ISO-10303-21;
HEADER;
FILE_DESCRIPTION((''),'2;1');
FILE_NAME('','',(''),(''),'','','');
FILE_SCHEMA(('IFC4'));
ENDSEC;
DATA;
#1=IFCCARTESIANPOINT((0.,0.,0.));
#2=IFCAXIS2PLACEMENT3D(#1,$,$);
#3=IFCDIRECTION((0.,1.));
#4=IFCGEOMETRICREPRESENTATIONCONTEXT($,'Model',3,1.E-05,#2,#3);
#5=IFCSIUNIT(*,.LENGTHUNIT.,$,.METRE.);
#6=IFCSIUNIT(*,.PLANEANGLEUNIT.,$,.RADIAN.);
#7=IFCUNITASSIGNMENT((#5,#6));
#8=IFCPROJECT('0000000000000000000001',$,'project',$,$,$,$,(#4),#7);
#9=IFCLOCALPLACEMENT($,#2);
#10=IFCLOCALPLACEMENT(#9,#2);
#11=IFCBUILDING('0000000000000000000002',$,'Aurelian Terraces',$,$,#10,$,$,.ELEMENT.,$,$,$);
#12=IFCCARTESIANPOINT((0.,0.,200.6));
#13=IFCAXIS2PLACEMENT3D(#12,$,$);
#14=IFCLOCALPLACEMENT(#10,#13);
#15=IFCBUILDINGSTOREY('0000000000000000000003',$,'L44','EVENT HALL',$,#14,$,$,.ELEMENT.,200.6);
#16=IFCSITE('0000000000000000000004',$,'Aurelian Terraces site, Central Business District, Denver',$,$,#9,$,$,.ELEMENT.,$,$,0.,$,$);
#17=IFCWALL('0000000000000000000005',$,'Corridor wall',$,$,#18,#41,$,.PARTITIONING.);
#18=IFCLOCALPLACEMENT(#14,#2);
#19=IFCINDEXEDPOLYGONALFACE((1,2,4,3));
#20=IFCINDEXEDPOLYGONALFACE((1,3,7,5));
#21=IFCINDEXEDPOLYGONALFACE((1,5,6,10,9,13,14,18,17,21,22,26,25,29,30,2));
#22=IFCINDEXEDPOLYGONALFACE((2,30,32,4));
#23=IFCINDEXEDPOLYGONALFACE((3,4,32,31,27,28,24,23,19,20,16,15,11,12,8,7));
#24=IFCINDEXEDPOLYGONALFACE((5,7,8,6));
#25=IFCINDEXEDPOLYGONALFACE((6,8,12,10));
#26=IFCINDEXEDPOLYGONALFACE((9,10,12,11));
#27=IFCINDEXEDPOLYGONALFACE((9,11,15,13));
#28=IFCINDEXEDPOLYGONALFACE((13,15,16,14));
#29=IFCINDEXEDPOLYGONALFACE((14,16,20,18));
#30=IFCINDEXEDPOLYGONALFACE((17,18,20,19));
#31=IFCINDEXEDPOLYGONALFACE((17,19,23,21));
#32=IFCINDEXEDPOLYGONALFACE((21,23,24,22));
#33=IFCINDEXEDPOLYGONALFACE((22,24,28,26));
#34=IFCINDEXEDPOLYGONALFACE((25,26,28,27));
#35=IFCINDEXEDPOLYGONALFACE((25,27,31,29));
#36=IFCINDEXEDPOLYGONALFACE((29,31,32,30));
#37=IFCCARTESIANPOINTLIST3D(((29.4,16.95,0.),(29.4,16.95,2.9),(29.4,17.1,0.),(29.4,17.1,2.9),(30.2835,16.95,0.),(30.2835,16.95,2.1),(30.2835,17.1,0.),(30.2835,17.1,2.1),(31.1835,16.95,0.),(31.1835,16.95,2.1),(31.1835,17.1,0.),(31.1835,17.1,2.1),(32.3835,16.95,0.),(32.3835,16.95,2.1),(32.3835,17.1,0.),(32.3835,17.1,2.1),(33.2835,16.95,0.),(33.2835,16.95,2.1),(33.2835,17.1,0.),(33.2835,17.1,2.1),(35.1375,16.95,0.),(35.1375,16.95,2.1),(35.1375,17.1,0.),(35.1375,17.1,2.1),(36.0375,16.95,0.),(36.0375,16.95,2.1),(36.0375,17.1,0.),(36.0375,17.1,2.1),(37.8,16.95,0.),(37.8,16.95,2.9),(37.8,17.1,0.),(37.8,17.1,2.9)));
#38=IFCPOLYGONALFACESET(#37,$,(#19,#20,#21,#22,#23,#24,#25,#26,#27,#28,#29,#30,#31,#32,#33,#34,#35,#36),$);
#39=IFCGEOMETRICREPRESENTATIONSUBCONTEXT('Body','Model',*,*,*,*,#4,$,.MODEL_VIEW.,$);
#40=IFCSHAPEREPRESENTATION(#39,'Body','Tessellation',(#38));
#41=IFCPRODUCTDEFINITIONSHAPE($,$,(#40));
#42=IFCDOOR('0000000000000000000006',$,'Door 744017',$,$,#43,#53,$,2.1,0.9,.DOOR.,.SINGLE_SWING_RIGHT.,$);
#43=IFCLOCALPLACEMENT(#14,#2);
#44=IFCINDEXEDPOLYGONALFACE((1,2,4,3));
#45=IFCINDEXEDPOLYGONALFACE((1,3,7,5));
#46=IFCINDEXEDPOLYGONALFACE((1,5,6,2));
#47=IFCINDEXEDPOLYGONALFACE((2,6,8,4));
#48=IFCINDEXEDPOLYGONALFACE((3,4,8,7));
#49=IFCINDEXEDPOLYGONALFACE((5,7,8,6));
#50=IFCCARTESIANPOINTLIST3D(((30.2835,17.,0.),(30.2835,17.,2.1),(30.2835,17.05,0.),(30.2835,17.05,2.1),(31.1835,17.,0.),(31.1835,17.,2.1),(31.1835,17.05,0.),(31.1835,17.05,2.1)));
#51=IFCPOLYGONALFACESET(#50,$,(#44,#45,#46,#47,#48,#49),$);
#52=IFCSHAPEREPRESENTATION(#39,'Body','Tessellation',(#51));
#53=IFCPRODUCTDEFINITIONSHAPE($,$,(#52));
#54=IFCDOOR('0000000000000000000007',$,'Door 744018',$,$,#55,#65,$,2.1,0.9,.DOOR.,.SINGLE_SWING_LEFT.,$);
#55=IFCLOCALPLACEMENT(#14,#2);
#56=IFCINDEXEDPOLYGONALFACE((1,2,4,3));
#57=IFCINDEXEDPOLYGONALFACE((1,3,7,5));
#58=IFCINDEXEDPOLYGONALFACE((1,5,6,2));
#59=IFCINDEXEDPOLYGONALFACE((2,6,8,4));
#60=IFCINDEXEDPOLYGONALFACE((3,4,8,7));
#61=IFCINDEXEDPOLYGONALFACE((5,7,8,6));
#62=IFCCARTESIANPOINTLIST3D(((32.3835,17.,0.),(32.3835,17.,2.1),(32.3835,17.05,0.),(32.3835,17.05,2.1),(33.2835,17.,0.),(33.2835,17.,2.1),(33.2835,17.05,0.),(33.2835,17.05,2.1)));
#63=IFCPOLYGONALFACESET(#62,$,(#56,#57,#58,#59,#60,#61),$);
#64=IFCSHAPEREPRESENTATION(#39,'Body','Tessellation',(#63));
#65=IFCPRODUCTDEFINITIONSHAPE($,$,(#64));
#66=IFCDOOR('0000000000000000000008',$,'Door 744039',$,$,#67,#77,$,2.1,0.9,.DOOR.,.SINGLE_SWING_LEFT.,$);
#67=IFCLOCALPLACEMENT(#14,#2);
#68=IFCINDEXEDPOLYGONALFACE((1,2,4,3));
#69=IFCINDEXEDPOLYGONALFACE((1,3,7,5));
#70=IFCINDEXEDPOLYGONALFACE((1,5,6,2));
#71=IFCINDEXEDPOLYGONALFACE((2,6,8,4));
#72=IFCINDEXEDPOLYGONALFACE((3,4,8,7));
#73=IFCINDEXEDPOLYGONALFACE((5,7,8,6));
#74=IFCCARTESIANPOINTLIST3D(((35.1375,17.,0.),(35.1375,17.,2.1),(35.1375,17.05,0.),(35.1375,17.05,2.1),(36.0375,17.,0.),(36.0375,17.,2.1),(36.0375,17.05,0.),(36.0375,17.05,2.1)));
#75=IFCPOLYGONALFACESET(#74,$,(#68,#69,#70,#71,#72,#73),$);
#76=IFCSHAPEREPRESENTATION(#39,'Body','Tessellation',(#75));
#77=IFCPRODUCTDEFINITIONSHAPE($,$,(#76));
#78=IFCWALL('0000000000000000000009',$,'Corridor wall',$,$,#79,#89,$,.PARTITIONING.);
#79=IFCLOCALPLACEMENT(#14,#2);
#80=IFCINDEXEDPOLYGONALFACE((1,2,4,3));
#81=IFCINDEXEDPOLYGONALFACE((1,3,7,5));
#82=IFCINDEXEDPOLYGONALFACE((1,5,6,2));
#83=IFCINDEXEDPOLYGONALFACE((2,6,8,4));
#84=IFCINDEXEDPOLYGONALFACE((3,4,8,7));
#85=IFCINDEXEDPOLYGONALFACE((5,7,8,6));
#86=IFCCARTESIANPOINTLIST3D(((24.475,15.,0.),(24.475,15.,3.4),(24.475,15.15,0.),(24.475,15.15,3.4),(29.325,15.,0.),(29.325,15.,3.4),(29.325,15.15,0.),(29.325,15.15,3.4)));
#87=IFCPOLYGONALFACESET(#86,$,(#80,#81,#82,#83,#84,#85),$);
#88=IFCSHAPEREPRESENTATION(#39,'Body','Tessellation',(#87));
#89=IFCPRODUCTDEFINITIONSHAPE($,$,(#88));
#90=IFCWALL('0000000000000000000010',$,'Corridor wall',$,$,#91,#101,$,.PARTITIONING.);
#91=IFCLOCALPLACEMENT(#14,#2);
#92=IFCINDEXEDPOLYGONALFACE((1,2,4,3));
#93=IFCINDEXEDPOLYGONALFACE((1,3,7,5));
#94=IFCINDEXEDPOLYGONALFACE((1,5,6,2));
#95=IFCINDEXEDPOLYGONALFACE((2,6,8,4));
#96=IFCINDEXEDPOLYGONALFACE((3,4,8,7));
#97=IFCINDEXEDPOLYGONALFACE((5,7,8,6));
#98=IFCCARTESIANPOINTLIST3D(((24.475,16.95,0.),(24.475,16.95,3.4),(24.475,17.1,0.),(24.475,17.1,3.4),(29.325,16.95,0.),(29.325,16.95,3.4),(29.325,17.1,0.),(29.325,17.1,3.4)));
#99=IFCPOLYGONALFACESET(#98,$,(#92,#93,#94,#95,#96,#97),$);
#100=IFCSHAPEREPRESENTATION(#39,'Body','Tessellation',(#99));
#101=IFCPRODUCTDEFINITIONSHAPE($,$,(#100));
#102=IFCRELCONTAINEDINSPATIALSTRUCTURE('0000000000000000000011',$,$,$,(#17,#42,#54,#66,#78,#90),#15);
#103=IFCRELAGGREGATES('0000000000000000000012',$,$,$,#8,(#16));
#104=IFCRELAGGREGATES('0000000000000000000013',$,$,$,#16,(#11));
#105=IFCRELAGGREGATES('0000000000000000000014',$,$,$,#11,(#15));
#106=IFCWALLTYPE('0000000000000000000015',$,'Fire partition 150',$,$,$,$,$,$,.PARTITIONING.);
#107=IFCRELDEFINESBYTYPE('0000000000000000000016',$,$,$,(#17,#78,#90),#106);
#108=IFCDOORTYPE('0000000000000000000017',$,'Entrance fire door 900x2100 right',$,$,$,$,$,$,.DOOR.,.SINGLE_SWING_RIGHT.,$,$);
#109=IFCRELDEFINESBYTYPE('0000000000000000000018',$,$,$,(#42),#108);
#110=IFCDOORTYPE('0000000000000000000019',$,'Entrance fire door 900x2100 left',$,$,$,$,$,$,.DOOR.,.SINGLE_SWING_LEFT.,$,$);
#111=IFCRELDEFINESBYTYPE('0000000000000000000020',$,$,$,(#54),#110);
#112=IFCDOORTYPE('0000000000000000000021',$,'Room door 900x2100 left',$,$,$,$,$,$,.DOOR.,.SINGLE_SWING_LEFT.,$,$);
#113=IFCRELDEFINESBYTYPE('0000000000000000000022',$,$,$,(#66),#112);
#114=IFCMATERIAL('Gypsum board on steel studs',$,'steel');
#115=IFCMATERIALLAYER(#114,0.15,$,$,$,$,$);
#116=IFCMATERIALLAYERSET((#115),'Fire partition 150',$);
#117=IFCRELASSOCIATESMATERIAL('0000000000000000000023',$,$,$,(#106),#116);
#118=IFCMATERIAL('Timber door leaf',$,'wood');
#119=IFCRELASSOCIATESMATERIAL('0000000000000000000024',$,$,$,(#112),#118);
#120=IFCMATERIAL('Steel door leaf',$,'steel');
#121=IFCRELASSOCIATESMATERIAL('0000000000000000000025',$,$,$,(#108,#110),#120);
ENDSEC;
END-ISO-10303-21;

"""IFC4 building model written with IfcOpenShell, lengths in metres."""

from ifc_helpers import new_model, si_unit, direction, frame, frame_2d, origin, place, context, subcontext, project, spatial, rectangle, extrude, source, transform, mapped, material, layer, layer_set, type_object, element, fill, save


model = new_model("IFC4")

# Units and contexts
model_context = context("Model", 3, precision=1e-05, world=origin(), true_north=direction((0.0, 1.0)))
body_context = subcontext(model_context, "Body", "Model", "MODEL_VIEW")
ifc_project = project(units=[si_unit("LENGTHUNIT", "METRE"), si_unit("PLANEANGLEUNIT", "RADIAN")], contexts=[model_context])

# Site, building, storey
site_placement = place(None, origin())
site = spatial("IfcSite", under=ifc_project, at=site_placement, Name="Aurelian Terraces site, Central Business District, Denver", CompositionType="ELEMENT", RefElevation=0.0)
building_placement = place(site_placement, origin())
building = spatial("IfcBuilding", under=site, at=building_placement, Name="Aurelian Terraces", CompositionType="ELEMENT")
storey_placement = place(building_placement, frame((0.0, 0.0, 200.6)))
storey = spatial("IfcBuildingStorey", under=building, at=storey_placement, Name="L44", Description="EVENT HALL", CompositionType="ELEMENT", Elevation=200.6)

# Shared definitions
ifc_material_1 = material(Name="Gypsum board on steel studs", Category="steel")

# Shared definitions
ifc_layer_1 = layer(ifc_material_1, 0.15)
ifc_layer_set_1 = layer_set([ifc_layer_1], Name="Fire partition 150")
wall_type_1 = type_object("IfcWallType", Name="Fire partition 150", PredefinedType="PARTITIONING", material=ifc_layer_set_1)
shared_shape_1 = source(origin(), body_context, "Body", "SweptSolid", [
    extrude(rectangle(XDim=0.9, YDim=2.1, at=frame_2d((0.45, 1.05))), frame((0.0, 0.085, 0.0), z_axis=(0.0, -1.0, 0.0), x_axis=(1.0, 0.0, 0.0)), (0.0, 0.0, 1.0), 0.17),
])
ifc_material_2 = material(Name="Timber door leaf", Category="wood")
door_type_1 = type_object("IfcDoorType", Name="Room door 900x2100 left", OperationType="SINGLE_SWING_LEFT", PredefinedType="DOOR", material=ifc_material_2)
shared_shape_2 = source(origin(), body_context, "Body", "SweptSolid", [
    extrude(rectangle(XDim=0.9, YDim=2.1, at=frame_2d((0.45, 1.05))), frame((0.0, 0.025, 0.0), z_axis=(0.0, -1.0, 0.0), x_axis=(1.0, 0.0, 0.0)), (0.0, 0.0, 1.0), 0.05),
])

# Shared definitions
ifc_material_3 = material(Name="Steel door leaf", Category="steel")
door_type_2 = type_object("IfcDoorType", Name="Entrance fire door 900x2100 right", OperationType="SINGLE_SWING_RIGHT", PredefinedType="DOOR", material=ifc_material_3)

# Wall, openings, doors
shared_shape_3 = source(origin(), body_context, "Body", "SweptSolid", [
    extrude(rectangle(XDim=8.4, YDim=0.15, at=frame_2d((4.2, 0.0))), origin(), (0.0, 0.0, 1.0), 2.9),
])
wall_1_placement = place(storey_placement, frame((29.4, 17.025, 0.0), z_axis=(0.0, 0.0, 1.0), x_axis=(1.0, 0.0, 0.0)))
wall_1 = element("IfcWall", 1, at=wall_1_placement, inside=storey, type_object=wall_type_1, Name="Corridor wall", PredefinedType="PARTITIONING", context=body_context, shape_type="MappedRepresentation", body=[
    mapped(shared_shape_3, transform((0.0, 0.0, 0.0), scale=1.0)),
])
opening_1_placement = place(wall_1_placement, frame((0.8835, 0.0, 0.0)))
opening_1 = element("IfcOpeningElement", 2, at=opening_1_placement, cuts=wall_1, PredefinedType="OPENING", context=body_context, shape_type="MappedRepresentation", body=[
    mapped(shared_shape_1, transform((0.0, 0.0, 0.0), scale=1.0)),
])
opening_2_placement = place(wall_1_placement, frame((2.9835, 0.0, 0.0)))
opening_2 = element("IfcOpeningElement", 3, at=opening_2_placement, cuts=wall_1, PredefinedType="OPENING", context=body_context, shape_type="MappedRepresentation", body=[
    mapped(shared_shape_1, transform((0.0, 0.0, 0.0), scale=1.0)),
])
opening_3_placement = place(wall_1_placement, frame((5.7375, 0.0, 0.0)))
opening_3 = element("IfcOpeningElement", 4, at=opening_3_placement, cuts=wall_1, PredefinedType="OPENING", context=body_context, shape_type="MappedRepresentation", body=[
    mapped(shared_shape_1, transform((0.0, 0.0, 0.0), scale=1.0)),
])
door_1_placement = place(opening_1_placement, origin())
door_1 = element("IfcDoor", 5, at=door_1_placement, inside=storey, type_object=door_type_2, Name="Door 744017", OperationType="SINGLE_SWING_RIGHT", OverallHeight=2.1, OverallWidth=0.9, PredefinedType="DOOR", context=body_context, shape_type="MappedRepresentation", body=[
    mapped(shared_shape_2, transform((0.0, 0.0, 0.0), scale=1.0)),
])
fill(opening_1, door_1)
door_type_3 = type_object("IfcDoorType", Name="Entrance fire door 900x2100 left", OperationType="SINGLE_SWING_LEFT", PredefinedType="DOOR", material=ifc_material_3)
door_2_placement = place(opening_2_placement, origin())
door_2 = element("IfcDoor", 6, at=door_2_placement, inside=storey, type_object=door_type_3, Name="Door 744018", OperationType="SINGLE_SWING_LEFT", OverallHeight=2.1, OverallWidth=0.9, PredefinedType="DOOR", context=body_context, shape_type="MappedRepresentation", body=[
    mapped(shared_shape_2, transform((0.0, 0.0, 0.0), scale=1.0)),
])
fill(opening_2, door_2)
door_3_placement = place(opening_3_placement, origin())
door_3 = element("IfcDoor", 7, at=door_3_placement, inside=storey, type_object=door_type_1, Name="Door 744039", OperationType="SINGLE_SWING_LEFT", OverallHeight=2.1, OverallWidth=0.9, PredefinedType="DOOR", context=body_context, shape_type="MappedRepresentation", body=[
    mapped(shared_shape_2, transform((0.0, 0.0, 0.0), scale=1.0)),
])
fill(opening_3, door_3)

# Walls
shared_shape_4 = source(origin(), body_context, "Body", "SweptSolid", [
    extrude(rectangle(XDim=4.85, YDim=0.15, at=frame_2d((2.425, 0.0))), origin(), (0.0, 0.0, 1.0), 3.4),
])
for number, where, z_axis, x_axis, name in (
    (8, (29.325, 15.075, 0.0), (0.0, 0.0, 1.0), (-1.0, 0.0, 0.0), "Corridor wall"),
    (9, (24.475, 17.025, 0.0), (0.0, 0.0, 1.0), (1.0, 0.0, 0.0), "Corridor wall"),
):
    element("IfcWall", number, at=place(storey_placement, frame(where, z_axis=z_axis, x_axis=x_axis)), inside=storey, type_object=wall_type_1, Name=name, PredefinedType="PARTITIONING", context=body_context, shape_type="MappedRepresentation", body=[
        mapped(shared_shape_4, transform((0.0, 0.0, 0.0), scale=1.0)),
    ])

save(model, "model.ifc")
